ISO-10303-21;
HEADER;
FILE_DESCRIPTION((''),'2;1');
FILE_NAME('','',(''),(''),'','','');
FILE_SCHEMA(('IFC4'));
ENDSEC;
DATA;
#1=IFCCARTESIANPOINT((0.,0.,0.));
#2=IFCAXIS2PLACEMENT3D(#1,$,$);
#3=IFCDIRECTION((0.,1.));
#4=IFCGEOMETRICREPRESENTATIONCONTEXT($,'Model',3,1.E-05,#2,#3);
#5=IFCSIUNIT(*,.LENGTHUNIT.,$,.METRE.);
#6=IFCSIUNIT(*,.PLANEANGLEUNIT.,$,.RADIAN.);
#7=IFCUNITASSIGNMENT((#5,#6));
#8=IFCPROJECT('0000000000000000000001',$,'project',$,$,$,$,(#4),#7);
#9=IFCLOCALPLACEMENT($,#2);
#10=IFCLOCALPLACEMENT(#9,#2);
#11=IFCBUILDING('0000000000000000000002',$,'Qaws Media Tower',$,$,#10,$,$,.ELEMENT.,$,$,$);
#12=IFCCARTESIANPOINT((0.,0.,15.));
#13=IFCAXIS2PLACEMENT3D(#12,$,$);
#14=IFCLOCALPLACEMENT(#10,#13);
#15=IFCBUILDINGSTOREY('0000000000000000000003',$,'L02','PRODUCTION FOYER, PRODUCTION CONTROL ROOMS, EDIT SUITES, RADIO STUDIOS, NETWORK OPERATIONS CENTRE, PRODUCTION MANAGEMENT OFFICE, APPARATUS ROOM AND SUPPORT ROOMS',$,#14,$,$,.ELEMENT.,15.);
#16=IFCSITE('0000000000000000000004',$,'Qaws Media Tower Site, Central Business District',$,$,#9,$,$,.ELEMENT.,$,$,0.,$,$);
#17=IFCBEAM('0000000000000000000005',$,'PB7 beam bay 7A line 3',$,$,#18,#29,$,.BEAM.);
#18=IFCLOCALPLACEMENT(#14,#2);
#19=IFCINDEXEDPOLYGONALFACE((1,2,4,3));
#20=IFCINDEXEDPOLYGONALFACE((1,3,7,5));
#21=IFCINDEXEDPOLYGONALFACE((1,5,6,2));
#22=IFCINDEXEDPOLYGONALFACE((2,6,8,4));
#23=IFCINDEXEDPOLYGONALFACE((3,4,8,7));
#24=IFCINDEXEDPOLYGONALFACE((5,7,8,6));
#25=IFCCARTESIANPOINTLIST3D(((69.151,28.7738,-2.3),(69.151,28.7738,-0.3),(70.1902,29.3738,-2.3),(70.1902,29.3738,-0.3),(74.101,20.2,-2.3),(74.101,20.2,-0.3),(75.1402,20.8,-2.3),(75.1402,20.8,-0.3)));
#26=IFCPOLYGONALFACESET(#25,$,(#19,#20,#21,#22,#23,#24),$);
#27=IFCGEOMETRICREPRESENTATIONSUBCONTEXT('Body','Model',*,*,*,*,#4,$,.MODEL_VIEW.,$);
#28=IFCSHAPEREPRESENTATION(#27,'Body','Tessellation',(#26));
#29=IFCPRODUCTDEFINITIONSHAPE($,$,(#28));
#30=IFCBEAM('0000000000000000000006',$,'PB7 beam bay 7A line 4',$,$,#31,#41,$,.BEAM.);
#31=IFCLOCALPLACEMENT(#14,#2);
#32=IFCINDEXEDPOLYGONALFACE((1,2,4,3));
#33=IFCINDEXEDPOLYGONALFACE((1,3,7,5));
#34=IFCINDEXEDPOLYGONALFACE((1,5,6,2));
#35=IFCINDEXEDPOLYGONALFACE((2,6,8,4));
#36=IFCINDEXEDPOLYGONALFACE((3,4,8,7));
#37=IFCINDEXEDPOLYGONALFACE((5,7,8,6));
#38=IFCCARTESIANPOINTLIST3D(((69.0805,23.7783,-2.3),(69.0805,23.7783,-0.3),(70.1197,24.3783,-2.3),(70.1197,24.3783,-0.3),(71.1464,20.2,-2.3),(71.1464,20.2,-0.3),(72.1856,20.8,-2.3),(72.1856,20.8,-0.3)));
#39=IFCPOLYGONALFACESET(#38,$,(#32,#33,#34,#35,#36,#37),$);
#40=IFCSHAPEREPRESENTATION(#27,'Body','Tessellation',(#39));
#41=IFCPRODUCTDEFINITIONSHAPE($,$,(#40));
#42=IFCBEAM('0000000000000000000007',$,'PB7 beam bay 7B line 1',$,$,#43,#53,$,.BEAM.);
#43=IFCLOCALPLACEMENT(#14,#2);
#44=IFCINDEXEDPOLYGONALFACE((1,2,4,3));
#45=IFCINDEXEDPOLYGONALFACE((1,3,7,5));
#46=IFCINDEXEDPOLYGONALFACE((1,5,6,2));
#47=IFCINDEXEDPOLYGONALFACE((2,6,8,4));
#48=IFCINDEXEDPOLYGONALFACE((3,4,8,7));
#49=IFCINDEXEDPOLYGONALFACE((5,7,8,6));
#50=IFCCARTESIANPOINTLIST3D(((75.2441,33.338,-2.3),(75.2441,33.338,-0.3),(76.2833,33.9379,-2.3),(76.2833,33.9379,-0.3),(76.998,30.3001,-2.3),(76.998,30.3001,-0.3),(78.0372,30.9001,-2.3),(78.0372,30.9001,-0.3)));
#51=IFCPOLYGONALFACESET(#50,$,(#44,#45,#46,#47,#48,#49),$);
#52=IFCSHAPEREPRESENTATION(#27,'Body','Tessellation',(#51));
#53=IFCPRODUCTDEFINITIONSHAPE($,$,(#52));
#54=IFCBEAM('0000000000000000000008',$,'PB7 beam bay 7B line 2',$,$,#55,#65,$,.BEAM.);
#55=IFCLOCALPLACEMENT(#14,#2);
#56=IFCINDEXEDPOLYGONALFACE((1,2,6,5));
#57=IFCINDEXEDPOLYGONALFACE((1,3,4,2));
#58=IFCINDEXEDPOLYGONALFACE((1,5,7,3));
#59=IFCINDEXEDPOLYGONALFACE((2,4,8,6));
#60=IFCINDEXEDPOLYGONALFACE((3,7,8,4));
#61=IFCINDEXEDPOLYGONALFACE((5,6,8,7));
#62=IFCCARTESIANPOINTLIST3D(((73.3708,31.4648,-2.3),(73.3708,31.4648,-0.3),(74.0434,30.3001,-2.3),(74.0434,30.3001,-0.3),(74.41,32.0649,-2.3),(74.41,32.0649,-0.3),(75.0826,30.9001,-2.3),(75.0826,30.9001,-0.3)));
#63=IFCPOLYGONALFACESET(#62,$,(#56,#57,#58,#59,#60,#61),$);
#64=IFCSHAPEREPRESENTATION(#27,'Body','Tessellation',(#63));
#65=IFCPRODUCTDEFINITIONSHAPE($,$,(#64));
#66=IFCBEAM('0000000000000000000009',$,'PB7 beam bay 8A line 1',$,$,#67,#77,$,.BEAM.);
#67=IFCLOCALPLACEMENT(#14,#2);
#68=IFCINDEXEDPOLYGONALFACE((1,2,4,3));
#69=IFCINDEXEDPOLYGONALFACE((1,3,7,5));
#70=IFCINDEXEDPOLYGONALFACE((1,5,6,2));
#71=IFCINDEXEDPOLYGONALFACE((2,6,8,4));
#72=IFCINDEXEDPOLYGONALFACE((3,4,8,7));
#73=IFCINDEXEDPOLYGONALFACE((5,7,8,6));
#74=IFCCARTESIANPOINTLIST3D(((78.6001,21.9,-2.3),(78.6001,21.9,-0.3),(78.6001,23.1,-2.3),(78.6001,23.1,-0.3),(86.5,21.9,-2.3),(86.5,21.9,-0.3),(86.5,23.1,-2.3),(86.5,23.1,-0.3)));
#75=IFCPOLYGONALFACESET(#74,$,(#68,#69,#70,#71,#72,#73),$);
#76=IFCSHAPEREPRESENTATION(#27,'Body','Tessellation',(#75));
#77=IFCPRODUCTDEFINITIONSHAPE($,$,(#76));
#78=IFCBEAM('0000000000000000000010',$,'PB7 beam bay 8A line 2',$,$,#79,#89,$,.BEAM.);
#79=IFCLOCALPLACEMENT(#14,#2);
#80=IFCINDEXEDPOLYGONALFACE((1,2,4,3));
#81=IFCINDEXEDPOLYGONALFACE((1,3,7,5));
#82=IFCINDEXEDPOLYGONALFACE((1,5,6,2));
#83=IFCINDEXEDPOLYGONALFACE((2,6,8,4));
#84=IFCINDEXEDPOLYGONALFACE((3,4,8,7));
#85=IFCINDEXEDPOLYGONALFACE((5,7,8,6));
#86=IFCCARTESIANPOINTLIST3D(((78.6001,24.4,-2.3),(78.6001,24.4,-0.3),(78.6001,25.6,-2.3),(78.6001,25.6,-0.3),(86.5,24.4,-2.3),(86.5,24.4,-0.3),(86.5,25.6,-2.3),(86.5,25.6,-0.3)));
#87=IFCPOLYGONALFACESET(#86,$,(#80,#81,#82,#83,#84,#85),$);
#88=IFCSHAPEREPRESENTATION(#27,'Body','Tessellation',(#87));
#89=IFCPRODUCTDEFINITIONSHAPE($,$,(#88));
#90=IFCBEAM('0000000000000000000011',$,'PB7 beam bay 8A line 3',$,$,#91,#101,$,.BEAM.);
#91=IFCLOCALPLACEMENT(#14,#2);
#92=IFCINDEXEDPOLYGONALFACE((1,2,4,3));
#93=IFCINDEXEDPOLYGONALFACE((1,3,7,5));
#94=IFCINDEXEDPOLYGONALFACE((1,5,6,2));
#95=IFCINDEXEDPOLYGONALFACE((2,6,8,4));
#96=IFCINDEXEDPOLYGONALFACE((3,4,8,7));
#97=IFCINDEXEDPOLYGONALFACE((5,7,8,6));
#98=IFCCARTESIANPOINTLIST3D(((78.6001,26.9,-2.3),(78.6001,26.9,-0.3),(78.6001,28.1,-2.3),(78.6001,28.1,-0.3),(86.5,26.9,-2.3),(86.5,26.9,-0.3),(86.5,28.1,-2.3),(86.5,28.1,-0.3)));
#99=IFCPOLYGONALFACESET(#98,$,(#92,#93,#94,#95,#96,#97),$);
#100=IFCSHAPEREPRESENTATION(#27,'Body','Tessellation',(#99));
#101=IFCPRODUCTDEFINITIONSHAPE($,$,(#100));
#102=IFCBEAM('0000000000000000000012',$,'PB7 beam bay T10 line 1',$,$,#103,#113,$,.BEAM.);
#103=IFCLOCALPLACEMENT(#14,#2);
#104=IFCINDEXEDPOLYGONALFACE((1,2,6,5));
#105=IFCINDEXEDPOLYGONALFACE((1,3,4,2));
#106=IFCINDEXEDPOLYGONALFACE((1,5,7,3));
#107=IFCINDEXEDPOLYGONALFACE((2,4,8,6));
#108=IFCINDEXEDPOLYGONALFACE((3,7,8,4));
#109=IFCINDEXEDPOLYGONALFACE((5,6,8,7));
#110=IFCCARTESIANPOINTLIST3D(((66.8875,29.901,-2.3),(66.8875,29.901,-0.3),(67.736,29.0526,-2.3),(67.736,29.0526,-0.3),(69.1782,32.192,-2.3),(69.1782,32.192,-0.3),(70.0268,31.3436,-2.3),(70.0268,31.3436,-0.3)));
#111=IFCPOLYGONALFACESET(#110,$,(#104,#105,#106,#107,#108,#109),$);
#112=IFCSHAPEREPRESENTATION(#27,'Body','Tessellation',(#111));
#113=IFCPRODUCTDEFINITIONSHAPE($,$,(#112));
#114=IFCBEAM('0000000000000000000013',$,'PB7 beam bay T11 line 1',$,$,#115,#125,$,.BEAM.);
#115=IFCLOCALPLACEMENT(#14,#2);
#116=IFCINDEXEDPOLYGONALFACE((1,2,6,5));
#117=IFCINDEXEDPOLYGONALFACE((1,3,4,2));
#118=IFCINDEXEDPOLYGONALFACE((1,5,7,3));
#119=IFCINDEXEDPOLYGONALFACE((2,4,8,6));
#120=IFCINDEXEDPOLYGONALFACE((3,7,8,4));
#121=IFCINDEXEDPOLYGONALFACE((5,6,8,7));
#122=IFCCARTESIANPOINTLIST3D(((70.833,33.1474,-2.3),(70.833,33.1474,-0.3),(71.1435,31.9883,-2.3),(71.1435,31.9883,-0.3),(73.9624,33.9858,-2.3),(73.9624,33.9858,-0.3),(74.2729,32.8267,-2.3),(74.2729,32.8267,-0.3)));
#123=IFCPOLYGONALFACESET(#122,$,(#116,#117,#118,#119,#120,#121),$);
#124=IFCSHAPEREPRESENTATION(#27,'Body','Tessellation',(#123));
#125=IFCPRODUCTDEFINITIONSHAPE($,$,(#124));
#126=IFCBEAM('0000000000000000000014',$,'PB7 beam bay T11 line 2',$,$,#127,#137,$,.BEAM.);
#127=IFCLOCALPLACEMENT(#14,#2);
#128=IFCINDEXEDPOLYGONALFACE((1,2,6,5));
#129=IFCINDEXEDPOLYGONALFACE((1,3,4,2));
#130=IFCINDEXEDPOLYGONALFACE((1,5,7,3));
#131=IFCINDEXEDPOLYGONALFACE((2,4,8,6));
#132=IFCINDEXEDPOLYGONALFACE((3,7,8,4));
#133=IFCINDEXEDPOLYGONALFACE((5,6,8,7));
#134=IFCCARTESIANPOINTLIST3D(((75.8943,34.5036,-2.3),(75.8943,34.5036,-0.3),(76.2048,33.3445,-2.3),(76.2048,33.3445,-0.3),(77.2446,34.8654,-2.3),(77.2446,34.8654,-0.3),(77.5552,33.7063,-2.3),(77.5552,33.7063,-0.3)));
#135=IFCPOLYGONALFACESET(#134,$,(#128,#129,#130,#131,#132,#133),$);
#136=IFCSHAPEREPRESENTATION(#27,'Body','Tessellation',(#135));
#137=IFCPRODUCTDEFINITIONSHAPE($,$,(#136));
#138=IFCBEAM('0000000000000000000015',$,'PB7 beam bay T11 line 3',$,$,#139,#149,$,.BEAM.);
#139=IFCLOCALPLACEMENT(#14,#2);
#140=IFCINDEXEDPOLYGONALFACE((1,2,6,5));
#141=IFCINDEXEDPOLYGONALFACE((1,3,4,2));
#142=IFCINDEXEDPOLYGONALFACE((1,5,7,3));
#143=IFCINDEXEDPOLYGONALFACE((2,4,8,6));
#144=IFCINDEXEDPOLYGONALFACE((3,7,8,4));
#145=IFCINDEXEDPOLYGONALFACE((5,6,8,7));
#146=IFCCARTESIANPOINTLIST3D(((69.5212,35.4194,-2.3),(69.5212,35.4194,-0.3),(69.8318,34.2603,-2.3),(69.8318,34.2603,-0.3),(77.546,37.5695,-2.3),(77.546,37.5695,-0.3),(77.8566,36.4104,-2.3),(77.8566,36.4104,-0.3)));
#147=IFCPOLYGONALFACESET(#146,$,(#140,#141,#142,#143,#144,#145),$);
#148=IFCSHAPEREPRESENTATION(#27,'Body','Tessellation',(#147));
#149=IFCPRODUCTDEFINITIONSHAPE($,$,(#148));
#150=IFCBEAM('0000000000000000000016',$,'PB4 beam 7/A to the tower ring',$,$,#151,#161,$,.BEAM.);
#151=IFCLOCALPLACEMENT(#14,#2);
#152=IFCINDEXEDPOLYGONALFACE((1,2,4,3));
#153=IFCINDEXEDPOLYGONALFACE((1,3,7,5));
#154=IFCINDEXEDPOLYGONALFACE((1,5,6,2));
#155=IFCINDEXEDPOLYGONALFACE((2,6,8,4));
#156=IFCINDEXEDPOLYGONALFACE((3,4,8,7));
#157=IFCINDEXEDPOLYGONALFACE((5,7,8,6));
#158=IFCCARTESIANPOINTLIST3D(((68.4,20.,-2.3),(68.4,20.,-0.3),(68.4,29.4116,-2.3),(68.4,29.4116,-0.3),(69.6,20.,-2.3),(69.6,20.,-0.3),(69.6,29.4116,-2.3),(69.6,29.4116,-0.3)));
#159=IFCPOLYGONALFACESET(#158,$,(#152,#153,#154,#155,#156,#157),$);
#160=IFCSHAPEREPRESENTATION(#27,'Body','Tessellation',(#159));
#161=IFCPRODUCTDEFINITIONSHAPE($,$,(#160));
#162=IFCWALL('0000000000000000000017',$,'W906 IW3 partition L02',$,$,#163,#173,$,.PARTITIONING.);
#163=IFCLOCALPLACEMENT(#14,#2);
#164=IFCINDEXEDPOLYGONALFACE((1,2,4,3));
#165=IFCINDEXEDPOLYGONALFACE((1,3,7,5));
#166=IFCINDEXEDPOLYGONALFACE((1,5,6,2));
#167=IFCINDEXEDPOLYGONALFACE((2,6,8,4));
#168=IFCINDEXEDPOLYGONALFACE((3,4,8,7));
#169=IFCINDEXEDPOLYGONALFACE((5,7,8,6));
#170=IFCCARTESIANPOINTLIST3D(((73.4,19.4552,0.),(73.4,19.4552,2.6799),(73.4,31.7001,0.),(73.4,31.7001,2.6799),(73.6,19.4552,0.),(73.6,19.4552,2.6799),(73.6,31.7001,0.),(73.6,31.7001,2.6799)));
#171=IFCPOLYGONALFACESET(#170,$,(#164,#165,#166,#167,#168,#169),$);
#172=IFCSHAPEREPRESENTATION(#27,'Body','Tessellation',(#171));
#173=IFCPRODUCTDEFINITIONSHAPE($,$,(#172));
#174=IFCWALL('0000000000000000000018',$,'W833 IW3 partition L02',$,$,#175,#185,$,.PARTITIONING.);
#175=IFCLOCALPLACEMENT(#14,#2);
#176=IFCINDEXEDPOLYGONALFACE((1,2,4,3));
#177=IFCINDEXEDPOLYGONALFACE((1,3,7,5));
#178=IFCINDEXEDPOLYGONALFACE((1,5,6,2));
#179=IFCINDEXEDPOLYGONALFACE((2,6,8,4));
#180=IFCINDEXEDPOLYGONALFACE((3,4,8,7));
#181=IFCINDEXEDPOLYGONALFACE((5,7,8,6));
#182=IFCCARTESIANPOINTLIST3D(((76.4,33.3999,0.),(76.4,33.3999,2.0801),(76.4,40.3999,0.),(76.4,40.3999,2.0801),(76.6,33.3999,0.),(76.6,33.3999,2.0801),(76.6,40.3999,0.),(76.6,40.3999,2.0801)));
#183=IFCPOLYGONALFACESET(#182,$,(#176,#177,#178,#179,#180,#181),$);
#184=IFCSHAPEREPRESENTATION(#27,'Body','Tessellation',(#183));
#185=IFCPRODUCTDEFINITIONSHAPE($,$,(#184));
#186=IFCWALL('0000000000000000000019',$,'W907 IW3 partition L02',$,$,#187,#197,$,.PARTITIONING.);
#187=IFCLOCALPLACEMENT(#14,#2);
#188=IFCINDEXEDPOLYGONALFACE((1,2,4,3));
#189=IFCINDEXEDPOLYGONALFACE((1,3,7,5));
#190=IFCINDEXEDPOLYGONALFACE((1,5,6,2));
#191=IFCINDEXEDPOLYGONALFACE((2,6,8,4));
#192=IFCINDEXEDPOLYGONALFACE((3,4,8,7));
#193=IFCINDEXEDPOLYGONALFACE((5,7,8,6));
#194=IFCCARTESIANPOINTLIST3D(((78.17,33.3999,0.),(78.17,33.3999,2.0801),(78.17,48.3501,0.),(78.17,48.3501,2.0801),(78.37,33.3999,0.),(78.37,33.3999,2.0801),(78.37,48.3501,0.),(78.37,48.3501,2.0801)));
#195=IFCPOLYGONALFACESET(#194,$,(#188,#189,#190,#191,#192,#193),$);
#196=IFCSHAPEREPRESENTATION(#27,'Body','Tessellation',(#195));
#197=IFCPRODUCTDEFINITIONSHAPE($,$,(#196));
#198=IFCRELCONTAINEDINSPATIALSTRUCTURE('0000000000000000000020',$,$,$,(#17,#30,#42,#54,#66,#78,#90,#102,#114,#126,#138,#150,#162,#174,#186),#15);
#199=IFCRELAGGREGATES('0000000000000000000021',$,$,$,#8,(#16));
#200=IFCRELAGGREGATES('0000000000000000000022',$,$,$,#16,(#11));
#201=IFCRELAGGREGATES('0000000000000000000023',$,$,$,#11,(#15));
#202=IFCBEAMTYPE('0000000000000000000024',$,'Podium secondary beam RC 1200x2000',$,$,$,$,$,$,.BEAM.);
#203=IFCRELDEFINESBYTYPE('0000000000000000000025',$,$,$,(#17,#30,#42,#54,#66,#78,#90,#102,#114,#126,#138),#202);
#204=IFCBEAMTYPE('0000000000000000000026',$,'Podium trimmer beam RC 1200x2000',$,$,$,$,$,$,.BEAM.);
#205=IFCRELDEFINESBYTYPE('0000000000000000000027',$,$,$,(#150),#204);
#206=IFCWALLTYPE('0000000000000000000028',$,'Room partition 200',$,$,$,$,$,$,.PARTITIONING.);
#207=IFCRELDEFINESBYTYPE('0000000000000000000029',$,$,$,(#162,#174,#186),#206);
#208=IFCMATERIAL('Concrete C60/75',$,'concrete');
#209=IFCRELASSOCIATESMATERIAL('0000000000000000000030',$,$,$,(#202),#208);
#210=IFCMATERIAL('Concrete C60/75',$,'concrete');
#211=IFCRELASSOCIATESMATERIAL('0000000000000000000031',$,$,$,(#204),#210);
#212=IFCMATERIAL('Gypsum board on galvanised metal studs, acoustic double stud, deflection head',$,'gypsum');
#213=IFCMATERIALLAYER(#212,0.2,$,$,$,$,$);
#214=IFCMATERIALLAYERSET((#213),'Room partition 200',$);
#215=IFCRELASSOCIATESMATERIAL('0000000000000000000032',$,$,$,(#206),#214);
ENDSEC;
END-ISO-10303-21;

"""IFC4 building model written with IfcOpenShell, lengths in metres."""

from ifc_helpers import new_model, si_unit, direction, frame, frame_2d, origin, origin_2d, place, context, subcontext, project, spatial, rectangle, extrude, material, layer, layer_set, material_profile, profile_set, type_object, element, save


model = new_model("IFC4")

# Units and contexts
model_context = context("Model", 3, precision=1e-05, world=origin(), true_north=direction((0.0, 1.0)))
body_context = subcontext(model_context, "Body", "Model", "MODEL_VIEW")
ifc_project = project(units=[si_unit("LENGTHUNIT", "METRE"), si_unit("PLANEANGLEUNIT", "RADIAN")], contexts=[model_context])

# Site, building, storey
site_placement = place(None, origin())
site = spatial("IfcSite", under=ifc_project, at=site_placement, Name="Qaws Media Tower Site, Central Business District", CompositionType="ELEMENT", RefElevation=0.0)
building_placement = place(site_placement, origin())
building = spatial("IfcBuilding", under=site, at=building_placement, Name="Qaws Media Tower", CompositionType="ELEMENT")
storey_placement = place(building_placement, frame((0.0, 0.0, 15.0)))
storey = spatial("IfcBuildingStorey", under=building, at=storey_placement, Name="L02", Description="PRODUCTION FOYER, PRODUCTION CONTROL ROOMS, EDIT SUITES, RADIO STUDIOS, NETWORK OPERATIONS CENTRE, PRODUCTION MANAGEMENT OFFICE, APPARATUS ROOM AND SUPPORT ROOMS", CompositionType="ELEMENT", Elevation=15.0)

# Beams
ifc_material_1 = material(Name="Concrete C60/75", Category="concrete")
ifc_material_profile_1 = material_profile(ifc_material_1, rectangle(XDim=1.2, YDim=2.0, at=origin_2d()), Name="RC 1200x2000")
ifc_profile_set_1 = profile_set([ifc_material_profile_1], Name="Concrete C60/75")
beam_type_1 = type_object("IfcBeamType", Name="Podium secondary beam RC 1200x2000", PredefinedType="BEAM", material=ifc_profile_set_1)
beam_1_placement = place(storey_placement, frame((74.6206, 20.5, -1.3), z_axis=(-0.499993, 0.86603, 0.0), x_axis=(-0.86603, -0.499993, 0.0)))
element("IfcBeam", 1, at=beam_1_placement, inside=storey, type_object=beam_type_1, Name="PB7 beam bay 7A line 3", PredefinedType="BEAM", context=body_context, shape_type="SweptSolid", body=[
    extrude(rectangle(XDim=1.2, YDim=2.0, at=origin_2d()), origin(), (0.0, 0.0, 1.0), 9.9001),
])
beam_2_placement = place(storey_placement, frame((71.666, 20.5, -1.3), z_axis=(-0.49999, 0.866031, 0.0), x_axis=(-0.866031, -0.49999, 0.0)))
element("IfcBeam", 2, at=beam_2_placement, inside=storey, type_object=beam_type_1, Name="PB7 beam bay 7A line 4", PredefinedType="BEAM", context=body_context, shape_type="SweptSolid", body=[
    extrude(rectangle(XDim=1.2, YDim=2.0, at=origin_2d()), origin(), (0.0, 0.0, 1.0), 4.1318),
])
beam_3_placement = place(storey_placement, frame((77.5176, 30.6001, -1.3), z_axis=(-0.500002, 0.866024, 0.0), x_axis=(-0.866024, -0.500002, 0.0)))
element("IfcBeam", 3, at=beam_3_placement, inside=storey, type_object=beam_type_1, Name="PB7 beam bay 7B line 1", PredefinedType="BEAM", context=body_context, shape_type="SweptSolid", body=[
    extrude(rectangle(XDim=1.2, YDim=2.0, at=origin_2d()), origin(), (0.0, 0.0, 1.0), 3.5078),
])
beam_4_placement = place(storey_placement, frame((74.563, 30.6001, -1.3), z_axis=(-0.500063, 0.865989, 0.0), x_axis=(-0.865989, -0.500063, 0.0)))
element("IfcBeam", 4, at=beam_4_placement, inside=storey, type_object=beam_type_1, Name="PB7 beam bay 7B line 2", PredefinedType="BEAM", context=body_context, shape_type="SweptSolid", body=[
    extrude(rectangle(XDim=1.2, YDim=2.0, at=origin_2d()), origin(), (0.0, 0.0, 1.0), 1.345),
])
for number, where, z_axis, x_axis, name in (
    (5, (78.6001, 22.5, -1.3), (1.0, 0.0, 0.0), (0.0, 1.0, 0.0), "PB7 beam bay 8A line 1"),
    (6, (78.6001, 25.0, -1.3), (1.0, 0.0, 0.0), (0.0, 1.0, 0.0), "PB7 beam bay 8A line 2"),
    (7, (78.6001, 27.5, -1.3), (1.0, 0.0, 0.0), (0.0, 1.0, 0.0), "PB7 beam bay 8A line 3"),
):
    element("IfcBeam", number, at=place(storey_placement, frame(where, z_axis=z_axis, x_axis=x_axis)), inside=storey, type_object=beam_type_1, Name=name, PredefinedType="BEAM", context=body_context, shape_type="SweptSolid", body=[
        extrude(rectangle(XDim=1.2, YDim=2.0, at=origin_2d()), origin(), (0.0, 0.0, 1.0), 7.8999),
    ])
for number, where, z_axis, x_axis, name in (
    (8, (67.3118, 29.4768, -1.3), (0.707069, 0.707144, 0.0), (-0.707144, 0.707069, 0.0), "PB7 beam bay T10 line 1"),
    (9, (70.9883, 32.5679, -1.3), (0.965937, 0.258779, 0.0), (-0.258779, 0.965937, 0.0), "PB7 beam bay T11 line 1"),
):
    element("IfcBeam", number, at=place(storey_placement, frame(where, z_axis=z_axis, x_axis=x_axis)), inside=storey, type_object=beam_type_1, Name=name, PredefinedType="BEAM", context=body_context, shape_type="SweptSolid", body=[
        extrude(rectangle(XDim=1.2, YDim=2.0, at=origin_2d()), origin(), (0.0, 0.0, 1.0), 3.2397),
    ])
beam_5_placement = place(storey_placement, frame((76.0496, 33.9241, -1.3), z_axis=(0.965927, 0.258815, 0.0), x_axis=(-0.258815, 0.965927, 0.0)))
element("IfcBeam", 10, at=beam_5_placement, inside=storey, type_object=beam_type_1, Name="PB7 beam bay T11 line 2", PredefinedType="BEAM", context=body_context, shape_type="SweptSolid", body=[
    extrude(rectangle(XDim=1.2, YDim=2.0, at=origin_2d()), origin(), (0.0, 0.0, 1.0), 1.3979),
])
beam_6_placement = place(storey_placement, frame((69.6765, 34.8398, -1.3), z_axis=(0.965929, 0.258806, 0.0), x_axis=(-0.258806, 0.965929, 0.0)))
element("IfcBeam", 11, at=beam_6_placement, inside=storey, type_object=beam_type_1, Name="PB7 beam bay T11 line 3", PredefinedType="BEAM", context=body_context, shape_type="SweptSolid", body=[
    extrude(rectangle(XDim=1.2, YDim=2.0, at=origin_2d()), origin(), (0.0, 0.0, 1.0), 8.3079),
])
ifc_material_2 = material(Name="Concrete C60/75", Category="concrete")
ifc_material_profile_2 = material_profile(ifc_material_2, rectangle(XDim=1.2, YDim=2.0, at=origin_2d()), Name="RC 1200x2000")
ifc_profile_set_2 = profile_set([ifc_material_profile_2], Name="Concrete C60/75")
beam_type_2 = type_object("IfcBeamType", Name="Podium trimmer beam RC 1200x2000", PredefinedType="BEAM", material=ifc_profile_set_2)
beam_7_placement = place(storey_placement, frame((69.0, 20.0, -1.3), z_axis=(0.0, 1.0, 0.0), x_axis=(-1.0, 0.0, 0.0)))
element("IfcBeam", 12, at=beam_7_placement, inside=storey, type_object=beam_type_2, Name="PB4 beam 7/A to the tower ring", PredefinedType="BEAM", context=body_context, shape_type="SweptSolid", body=[
    extrude(rectangle(XDim=1.2, YDim=2.0, at=origin_2d()), origin(), (0.0, 0.0, 1.0), 9.4116),
])

# Walls
ifc_material_3 = material(Name="Gypsum board on galvanised metal studs, acoustic double stud, deflection head", Category="gypsum")
ifc_layer = layer(ifc_material_3, 0.2)
ifc_layer_set = layer_set([ifc_layer], Name="Room partition 200")
wall_type = type_object("IfcWallType", Name="Room partition 200", PredefinedType="PARTITIONING", material=ifc_layer_set)
wall_1_placement = place(storey_placement, frame((73.5, 19.4551, 0.0), z_axis=(0.0, 0.0, 1.0), x_axis=(0.0, 1.0, 0.0)))
element("IfcWall", 13, at=wall_1_placement, inside=storey, type_object=wall_type, Name="W906 IW3 partition L02", PredefinedType="PARTITIONING", context=body_context, shape_type="SweptSolid", body=[
    extrude(rectangle(XDim=12.2449, YDim=0.2, at=frame_2d((6.1226, 0.0))), origin(), (0.0, 0.0, 1.0), 2.6799),
])
wall_2_placement = place(storey_placement, frame((76.5, 33.3999, 0.0), z_axis=(0.0, 0.0, 1.0), x_axis=(0.0, 1.0, 0.0)))
element("IfcWall", 14, at=wall_2_placement, inside=storey, type_object=wall_type, Name="W833 IW3 partition L02", PredefinedType="PARTITIONING", context=body_context, shape_type="SweptSolid", body=[
    extrude(rectangle(XDim=7.0, YDim=0.2, at=frame_2d((3.5, 0.0))), origin(), (0.0, 0.0, 1.0), 2.0801),
])
wall_3_placement = place(storey_placement, frame((78.27, 33.3999, 0.0), z_axis=(0.0, 0.0, 1.0), x_axis=(0.0, 1.0, 0.0)))
element("IfcWall", 15, at=wall_3_placement, inside=storey, type_object=wall_type, Name="W907 IW3 partition L02", PredefinedType="PARTITIONING", context=body_context, shape_type="SweptSolid", body=[
    extrude(rectangle(XDim=14.9502, YDim=0.2, at=frame_2d((7.4751, 0.0))), origin(), (0.0, 0.0, 1.0), 2.0801),
])

save(model, "model.ifc")
